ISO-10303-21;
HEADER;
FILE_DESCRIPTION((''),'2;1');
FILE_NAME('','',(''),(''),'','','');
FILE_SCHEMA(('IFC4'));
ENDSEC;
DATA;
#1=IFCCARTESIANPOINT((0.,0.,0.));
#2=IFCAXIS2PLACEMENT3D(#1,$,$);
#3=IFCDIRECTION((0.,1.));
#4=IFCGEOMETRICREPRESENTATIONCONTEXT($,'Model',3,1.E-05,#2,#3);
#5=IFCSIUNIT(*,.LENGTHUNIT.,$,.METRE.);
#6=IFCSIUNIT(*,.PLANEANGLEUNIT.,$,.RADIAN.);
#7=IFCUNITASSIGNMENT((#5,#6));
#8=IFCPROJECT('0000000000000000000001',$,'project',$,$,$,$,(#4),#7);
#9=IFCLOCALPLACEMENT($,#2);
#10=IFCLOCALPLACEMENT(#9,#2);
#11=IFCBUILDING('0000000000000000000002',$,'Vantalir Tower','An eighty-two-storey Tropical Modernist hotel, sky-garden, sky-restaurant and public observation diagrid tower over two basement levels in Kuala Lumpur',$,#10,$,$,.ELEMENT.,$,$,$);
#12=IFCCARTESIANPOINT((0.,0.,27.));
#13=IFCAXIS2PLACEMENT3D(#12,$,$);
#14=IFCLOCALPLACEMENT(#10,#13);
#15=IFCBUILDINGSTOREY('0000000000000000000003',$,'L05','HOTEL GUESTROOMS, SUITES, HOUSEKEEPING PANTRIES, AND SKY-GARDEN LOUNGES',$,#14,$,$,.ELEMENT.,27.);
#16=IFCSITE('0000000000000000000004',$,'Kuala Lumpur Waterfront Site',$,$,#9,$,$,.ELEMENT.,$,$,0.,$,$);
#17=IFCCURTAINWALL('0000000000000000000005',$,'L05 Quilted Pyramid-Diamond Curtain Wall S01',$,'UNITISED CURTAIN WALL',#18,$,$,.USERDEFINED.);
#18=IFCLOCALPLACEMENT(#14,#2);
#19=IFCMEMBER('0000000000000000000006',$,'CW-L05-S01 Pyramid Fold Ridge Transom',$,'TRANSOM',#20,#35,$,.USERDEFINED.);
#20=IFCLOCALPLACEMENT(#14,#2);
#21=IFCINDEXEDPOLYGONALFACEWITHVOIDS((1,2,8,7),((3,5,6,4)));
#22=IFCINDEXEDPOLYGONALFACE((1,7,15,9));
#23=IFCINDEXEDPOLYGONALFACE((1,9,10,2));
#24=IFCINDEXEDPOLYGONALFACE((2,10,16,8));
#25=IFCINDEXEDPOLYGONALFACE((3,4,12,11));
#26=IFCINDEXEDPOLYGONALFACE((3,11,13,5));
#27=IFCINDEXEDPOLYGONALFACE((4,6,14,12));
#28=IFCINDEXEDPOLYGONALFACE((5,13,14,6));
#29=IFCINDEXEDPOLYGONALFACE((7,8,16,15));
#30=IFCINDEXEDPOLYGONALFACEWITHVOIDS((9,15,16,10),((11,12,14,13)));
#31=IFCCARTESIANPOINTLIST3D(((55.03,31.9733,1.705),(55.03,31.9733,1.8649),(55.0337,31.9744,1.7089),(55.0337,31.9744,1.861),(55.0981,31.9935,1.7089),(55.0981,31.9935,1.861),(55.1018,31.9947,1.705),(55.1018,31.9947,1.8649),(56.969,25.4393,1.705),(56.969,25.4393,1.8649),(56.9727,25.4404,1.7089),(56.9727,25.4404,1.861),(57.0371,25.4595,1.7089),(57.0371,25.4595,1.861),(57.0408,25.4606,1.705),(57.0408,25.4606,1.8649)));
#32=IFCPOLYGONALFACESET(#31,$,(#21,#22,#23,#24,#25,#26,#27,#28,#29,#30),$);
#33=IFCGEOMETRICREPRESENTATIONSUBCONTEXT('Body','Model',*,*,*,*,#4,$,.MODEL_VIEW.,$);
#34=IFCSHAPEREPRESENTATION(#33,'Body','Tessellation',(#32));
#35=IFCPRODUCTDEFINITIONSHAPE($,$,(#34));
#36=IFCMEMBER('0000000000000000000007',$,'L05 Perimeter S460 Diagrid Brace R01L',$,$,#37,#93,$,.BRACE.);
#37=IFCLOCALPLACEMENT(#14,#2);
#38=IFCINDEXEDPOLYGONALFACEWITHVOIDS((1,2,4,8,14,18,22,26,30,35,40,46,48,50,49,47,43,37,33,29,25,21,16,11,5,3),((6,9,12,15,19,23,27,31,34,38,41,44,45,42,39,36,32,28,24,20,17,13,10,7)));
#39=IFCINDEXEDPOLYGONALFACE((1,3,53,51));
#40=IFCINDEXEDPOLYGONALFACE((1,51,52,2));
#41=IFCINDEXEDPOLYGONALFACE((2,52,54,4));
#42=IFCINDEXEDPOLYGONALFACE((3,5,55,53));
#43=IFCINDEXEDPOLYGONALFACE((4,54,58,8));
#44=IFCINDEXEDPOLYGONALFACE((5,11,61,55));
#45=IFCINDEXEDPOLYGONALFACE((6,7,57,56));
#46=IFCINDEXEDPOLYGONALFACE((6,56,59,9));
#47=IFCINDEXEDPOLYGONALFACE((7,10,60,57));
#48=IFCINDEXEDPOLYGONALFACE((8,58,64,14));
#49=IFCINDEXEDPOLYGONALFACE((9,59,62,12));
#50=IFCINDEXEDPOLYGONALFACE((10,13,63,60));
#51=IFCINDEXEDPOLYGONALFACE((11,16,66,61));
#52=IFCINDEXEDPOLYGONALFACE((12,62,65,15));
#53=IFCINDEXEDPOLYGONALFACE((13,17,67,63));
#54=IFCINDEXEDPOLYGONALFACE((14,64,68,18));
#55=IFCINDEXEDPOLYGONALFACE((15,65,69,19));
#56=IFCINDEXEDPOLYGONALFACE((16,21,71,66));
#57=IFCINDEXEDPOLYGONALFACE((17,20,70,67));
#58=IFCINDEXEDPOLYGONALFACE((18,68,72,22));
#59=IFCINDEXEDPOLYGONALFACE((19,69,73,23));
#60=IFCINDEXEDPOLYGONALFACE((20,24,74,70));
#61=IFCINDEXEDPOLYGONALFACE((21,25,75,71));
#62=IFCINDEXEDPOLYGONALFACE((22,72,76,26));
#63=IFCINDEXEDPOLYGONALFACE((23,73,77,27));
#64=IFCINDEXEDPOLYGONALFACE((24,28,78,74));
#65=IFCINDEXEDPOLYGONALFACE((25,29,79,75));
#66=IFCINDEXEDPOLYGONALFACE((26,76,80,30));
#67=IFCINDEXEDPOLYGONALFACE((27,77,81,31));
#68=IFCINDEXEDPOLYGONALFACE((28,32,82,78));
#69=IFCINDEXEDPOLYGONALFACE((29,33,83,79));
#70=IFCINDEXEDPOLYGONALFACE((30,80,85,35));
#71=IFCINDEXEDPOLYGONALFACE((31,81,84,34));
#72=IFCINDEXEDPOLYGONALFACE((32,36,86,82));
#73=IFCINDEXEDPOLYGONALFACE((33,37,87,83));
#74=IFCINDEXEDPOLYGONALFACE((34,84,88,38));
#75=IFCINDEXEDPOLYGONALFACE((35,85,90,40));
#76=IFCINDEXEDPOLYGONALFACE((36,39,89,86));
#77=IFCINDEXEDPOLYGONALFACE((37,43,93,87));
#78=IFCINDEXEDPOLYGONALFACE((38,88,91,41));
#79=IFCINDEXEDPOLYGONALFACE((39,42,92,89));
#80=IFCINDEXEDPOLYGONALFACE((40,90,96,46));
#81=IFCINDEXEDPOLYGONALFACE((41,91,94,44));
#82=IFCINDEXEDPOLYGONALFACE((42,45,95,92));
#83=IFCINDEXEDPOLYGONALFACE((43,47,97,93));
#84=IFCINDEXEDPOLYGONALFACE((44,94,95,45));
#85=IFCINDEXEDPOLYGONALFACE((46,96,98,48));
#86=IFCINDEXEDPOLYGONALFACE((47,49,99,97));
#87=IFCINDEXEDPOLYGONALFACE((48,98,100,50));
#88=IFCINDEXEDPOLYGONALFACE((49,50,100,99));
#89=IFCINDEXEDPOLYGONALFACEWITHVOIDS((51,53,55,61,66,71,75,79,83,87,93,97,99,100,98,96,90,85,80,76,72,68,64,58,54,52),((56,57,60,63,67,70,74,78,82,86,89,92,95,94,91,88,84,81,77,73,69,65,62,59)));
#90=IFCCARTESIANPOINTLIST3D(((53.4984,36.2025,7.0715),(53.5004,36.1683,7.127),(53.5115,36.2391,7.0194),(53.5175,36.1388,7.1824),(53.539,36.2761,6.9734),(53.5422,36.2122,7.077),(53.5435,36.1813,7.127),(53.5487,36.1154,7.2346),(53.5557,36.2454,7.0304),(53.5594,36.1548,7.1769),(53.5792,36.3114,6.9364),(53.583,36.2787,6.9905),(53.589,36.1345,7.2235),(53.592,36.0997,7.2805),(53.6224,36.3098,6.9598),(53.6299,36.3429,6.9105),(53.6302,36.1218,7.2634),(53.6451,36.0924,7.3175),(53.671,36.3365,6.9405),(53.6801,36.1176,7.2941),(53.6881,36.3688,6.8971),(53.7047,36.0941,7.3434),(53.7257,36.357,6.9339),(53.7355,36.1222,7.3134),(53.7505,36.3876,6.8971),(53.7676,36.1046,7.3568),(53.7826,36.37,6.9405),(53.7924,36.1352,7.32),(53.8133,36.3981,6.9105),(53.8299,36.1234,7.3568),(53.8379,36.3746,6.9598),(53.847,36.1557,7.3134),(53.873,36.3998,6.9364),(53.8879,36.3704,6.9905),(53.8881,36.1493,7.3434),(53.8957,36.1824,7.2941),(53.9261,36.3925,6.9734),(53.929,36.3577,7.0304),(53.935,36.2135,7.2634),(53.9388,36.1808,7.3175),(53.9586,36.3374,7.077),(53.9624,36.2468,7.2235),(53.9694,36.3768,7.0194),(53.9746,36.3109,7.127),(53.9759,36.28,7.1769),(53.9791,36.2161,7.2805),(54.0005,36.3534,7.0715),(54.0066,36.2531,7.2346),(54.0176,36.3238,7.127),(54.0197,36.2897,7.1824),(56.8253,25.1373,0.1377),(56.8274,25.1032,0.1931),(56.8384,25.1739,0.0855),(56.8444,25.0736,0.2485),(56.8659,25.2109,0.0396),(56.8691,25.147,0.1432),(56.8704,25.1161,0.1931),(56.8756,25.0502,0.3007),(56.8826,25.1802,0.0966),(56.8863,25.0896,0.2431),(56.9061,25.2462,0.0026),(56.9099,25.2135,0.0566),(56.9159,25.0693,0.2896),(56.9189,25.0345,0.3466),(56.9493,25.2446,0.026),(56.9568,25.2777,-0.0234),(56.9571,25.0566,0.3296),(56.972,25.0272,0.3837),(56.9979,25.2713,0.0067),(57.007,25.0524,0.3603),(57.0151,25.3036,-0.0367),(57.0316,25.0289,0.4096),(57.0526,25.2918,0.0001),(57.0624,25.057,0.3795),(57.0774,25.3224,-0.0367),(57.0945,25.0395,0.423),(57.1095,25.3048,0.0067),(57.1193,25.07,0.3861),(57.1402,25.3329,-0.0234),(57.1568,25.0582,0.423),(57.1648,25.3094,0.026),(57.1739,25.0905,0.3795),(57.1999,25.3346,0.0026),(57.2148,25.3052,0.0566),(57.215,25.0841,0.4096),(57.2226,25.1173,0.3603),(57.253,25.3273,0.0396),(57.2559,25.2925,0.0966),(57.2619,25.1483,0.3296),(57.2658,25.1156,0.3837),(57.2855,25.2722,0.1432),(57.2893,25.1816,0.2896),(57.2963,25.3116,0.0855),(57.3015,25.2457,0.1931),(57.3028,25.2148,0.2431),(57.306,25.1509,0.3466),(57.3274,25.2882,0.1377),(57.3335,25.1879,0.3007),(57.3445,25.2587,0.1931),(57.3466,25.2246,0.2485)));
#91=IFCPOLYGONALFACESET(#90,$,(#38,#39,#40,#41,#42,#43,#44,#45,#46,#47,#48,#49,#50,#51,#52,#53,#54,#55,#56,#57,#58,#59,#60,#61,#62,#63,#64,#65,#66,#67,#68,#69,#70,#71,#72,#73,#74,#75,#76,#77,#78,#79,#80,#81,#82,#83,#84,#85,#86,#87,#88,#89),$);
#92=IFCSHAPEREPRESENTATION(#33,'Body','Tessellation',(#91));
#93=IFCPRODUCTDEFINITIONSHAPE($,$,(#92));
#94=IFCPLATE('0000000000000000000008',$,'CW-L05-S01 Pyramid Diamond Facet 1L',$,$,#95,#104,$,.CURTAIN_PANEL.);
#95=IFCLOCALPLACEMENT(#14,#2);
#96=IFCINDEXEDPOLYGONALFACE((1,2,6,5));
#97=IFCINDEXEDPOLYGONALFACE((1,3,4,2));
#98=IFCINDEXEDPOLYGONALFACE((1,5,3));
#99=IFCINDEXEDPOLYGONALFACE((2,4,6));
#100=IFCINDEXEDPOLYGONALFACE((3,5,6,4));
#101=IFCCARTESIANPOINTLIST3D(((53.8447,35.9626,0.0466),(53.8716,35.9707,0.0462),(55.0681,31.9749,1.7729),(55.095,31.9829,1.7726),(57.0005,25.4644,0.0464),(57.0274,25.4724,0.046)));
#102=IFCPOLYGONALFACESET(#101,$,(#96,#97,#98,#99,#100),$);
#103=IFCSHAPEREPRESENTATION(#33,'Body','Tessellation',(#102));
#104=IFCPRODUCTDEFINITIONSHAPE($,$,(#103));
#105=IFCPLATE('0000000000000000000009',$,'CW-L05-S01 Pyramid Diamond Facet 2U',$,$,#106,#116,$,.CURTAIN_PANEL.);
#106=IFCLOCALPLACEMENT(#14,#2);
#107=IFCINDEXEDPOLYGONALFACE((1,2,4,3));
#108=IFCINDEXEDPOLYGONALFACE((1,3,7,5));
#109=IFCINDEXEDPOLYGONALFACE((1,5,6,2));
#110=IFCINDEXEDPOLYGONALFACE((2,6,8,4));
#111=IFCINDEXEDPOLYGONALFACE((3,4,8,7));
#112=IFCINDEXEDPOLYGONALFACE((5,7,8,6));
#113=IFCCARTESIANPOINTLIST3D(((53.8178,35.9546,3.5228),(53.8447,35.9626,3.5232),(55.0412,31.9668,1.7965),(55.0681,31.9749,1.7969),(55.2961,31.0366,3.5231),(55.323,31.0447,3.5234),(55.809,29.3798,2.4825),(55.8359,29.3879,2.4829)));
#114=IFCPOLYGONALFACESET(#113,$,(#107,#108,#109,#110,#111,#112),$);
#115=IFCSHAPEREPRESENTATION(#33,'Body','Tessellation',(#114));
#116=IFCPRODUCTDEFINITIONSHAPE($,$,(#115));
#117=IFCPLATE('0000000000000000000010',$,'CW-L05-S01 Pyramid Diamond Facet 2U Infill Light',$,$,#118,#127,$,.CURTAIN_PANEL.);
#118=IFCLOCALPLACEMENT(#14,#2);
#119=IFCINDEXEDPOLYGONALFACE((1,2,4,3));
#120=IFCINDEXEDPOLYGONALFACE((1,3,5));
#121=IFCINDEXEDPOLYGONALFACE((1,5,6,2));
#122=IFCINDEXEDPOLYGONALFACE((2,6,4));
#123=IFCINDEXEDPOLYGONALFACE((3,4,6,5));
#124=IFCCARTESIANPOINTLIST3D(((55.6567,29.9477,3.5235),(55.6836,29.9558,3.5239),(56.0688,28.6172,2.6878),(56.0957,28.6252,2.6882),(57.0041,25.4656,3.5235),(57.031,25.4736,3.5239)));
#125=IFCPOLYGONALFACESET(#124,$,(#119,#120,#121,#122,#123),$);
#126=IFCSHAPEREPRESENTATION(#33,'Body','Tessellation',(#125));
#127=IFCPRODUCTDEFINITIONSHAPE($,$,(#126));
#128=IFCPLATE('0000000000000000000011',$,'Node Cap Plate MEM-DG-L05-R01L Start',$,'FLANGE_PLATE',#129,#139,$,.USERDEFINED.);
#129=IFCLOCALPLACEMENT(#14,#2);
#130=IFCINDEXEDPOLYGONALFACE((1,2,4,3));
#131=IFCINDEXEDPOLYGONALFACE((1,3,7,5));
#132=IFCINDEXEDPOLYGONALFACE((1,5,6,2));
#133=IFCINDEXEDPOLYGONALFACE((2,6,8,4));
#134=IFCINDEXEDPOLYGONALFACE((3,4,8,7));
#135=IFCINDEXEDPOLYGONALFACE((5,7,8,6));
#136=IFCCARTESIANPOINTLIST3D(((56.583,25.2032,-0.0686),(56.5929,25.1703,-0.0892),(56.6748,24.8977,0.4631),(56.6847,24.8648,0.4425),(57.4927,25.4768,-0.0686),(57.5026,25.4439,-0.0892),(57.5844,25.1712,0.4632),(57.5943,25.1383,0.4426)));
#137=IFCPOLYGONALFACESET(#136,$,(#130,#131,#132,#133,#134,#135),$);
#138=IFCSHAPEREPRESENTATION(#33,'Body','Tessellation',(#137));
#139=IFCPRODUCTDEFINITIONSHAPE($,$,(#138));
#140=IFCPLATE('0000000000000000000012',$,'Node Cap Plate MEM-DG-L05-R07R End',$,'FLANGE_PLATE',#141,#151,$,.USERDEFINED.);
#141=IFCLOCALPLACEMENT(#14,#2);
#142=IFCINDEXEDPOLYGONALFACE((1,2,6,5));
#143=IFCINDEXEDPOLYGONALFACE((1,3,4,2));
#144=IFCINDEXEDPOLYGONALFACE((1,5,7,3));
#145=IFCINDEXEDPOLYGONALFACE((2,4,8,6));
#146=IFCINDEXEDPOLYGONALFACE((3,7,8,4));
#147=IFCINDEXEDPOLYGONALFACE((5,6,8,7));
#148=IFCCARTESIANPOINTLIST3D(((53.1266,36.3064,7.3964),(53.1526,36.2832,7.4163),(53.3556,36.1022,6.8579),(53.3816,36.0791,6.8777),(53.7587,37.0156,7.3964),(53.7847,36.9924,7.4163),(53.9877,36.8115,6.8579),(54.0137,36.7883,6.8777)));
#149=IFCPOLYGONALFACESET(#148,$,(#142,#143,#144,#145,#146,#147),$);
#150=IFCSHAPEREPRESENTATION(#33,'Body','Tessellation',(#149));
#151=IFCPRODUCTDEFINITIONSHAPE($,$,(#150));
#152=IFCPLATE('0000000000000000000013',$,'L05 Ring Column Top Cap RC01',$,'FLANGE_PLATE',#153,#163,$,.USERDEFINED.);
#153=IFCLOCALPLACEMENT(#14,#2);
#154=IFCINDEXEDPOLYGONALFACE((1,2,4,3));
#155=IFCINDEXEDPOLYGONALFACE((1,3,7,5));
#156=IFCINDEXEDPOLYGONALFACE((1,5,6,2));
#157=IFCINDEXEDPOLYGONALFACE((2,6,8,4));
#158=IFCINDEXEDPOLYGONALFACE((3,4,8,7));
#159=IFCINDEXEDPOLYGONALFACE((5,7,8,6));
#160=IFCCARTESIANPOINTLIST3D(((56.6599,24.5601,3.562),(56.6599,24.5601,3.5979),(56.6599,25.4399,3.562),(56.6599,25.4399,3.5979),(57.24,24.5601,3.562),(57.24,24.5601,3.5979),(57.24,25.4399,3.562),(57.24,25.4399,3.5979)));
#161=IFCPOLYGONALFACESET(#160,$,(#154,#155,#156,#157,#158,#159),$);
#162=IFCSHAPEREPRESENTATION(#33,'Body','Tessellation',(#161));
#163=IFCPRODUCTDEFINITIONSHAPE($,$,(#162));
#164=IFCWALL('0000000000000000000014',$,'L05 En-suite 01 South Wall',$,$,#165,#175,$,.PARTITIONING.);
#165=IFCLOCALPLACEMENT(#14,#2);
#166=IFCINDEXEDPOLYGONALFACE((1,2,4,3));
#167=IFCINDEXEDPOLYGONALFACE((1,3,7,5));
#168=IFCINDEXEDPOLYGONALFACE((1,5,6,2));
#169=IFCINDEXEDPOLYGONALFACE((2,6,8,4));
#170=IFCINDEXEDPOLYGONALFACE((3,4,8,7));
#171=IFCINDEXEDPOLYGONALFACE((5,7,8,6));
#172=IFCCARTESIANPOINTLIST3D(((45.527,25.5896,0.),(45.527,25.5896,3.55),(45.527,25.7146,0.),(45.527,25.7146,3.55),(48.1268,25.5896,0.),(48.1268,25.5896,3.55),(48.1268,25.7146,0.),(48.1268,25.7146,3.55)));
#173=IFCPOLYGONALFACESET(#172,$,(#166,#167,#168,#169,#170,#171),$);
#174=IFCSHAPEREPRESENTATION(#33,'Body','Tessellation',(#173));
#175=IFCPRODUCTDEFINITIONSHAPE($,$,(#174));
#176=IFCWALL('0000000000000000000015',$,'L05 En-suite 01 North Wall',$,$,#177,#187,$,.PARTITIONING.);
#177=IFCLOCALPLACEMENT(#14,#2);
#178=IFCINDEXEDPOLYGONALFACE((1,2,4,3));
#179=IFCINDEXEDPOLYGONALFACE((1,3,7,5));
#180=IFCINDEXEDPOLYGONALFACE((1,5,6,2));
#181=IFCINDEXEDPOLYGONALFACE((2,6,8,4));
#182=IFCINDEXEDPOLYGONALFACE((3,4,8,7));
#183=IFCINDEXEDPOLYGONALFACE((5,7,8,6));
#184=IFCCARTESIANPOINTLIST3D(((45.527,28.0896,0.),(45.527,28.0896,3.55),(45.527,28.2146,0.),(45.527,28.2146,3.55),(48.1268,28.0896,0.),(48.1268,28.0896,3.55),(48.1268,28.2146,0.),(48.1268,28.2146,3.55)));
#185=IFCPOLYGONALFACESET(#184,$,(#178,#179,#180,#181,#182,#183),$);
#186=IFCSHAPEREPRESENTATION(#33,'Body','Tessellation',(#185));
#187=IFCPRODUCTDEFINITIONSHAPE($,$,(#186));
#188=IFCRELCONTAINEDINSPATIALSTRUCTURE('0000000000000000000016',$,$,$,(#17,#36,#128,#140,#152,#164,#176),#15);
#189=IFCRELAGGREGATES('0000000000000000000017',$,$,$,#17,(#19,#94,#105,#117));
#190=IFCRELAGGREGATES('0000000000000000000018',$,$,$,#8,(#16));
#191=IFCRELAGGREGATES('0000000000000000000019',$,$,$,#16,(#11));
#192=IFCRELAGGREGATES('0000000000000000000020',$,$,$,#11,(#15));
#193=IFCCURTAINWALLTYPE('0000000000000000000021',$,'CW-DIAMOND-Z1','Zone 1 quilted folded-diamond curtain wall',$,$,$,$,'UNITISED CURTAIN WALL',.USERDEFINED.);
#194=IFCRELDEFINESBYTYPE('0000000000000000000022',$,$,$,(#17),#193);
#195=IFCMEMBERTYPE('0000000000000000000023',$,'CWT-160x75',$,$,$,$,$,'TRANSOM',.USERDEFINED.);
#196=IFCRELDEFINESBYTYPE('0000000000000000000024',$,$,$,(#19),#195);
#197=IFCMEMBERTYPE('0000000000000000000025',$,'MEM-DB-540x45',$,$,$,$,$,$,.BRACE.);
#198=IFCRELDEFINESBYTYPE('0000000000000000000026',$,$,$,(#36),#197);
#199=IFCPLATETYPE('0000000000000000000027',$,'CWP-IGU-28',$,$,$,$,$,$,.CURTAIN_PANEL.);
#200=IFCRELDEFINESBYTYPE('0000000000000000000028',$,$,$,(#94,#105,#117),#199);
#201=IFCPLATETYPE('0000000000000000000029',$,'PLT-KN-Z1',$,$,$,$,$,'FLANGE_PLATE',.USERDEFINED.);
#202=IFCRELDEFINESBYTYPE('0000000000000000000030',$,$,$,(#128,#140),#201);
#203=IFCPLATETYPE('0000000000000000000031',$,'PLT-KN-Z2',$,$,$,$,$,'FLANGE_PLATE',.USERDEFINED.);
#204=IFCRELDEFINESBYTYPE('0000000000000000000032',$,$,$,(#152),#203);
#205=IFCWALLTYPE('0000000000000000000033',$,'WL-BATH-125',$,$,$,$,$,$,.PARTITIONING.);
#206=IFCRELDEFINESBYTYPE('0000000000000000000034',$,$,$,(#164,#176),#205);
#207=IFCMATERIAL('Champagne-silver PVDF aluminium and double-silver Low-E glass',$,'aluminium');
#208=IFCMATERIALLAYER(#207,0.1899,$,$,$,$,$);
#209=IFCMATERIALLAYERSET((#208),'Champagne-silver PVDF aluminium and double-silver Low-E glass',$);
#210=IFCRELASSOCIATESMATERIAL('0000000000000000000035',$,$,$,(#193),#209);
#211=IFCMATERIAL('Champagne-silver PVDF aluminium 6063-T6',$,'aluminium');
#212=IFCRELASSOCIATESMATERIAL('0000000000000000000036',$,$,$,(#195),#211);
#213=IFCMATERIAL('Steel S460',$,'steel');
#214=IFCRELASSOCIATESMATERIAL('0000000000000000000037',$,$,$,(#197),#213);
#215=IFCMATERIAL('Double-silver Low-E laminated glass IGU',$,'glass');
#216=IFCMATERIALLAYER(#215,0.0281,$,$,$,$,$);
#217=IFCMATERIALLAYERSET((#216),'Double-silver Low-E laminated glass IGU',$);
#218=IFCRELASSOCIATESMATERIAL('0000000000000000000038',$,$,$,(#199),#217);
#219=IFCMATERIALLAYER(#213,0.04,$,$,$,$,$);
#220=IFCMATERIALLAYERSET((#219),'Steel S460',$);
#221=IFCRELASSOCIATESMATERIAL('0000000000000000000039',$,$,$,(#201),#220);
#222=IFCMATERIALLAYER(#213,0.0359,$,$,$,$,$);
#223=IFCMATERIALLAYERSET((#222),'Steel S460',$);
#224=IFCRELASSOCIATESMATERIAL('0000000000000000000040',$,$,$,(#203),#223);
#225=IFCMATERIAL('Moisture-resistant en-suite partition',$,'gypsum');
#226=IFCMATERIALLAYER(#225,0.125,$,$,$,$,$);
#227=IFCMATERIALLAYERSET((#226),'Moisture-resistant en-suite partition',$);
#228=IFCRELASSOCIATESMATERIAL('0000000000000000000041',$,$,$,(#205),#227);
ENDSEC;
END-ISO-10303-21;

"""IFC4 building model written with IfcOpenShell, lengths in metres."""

from ifc_helpers import new_model, si_unit, direction, frame, frame_2d, origin, origin_2d, place, context, subcontext, project, spatial, polyline, rectangle, hollow_rectangle, hollow_circle, outline, extrude, material, layer, layer_set, material_profile, profile_set, type_object, element, aggregate, save


model = new_model("IFC4")

# Units and contexts
model_context = context("Model", 3, precision=1e-05, world=origin(), true_north=direction((0.0, 1.0)))
body_context = subcontext(model_context, "Body", "Model", "MODEL_VIEW")
ifc_project = project(units=[si_unit("LENGTHUNIT", "METRE"), si_unit("PLANEANGLEUNIT", "RADIAN")], contexts=[model_context])

# Site, building, storey
site_placement = place(None, origin())
site = spatial("IfcSite", under=ifc_project, at=site_placement, Name="Kuala Lumpur Waterfront Site", CompositionType="ELEMENT", RefElevation=0.0)
building_placement = place(site_placement, origin())
building = spatial("IfcBuilding", under=site, at=building_placement, Name="Vantalir Tower", Description="An eighty-two-storey Tropical Modernist hotel, sky-garden, sky-restaurant and public observation diagrid tower over two basement levels in Kuala Lumpur", CompositionType="ELEMENT")
storey_placement = place(building_placement, frame((0.0, 0.0, 27.0)))
storey = spatial("IfcBuildingStorey", under=building, at=storey_placement, Name="L05", Description="HOTEL GUESTROOMS, SUITES, HOUSEKEEPING PANTRIES, AND SKY-GARDEN LOUNGES", CompositionType="ELEMENT", Elevation=27.0)

# Shared definitions
ifc_material_1 = material(Name="Steel S460", Category="steel")

# Curtain wall, member
ifc_material_2 = material(Name="Champagne-silver PVDF aluminium and double-silver Low-E glass", Category="aluminium")
ifc_layer_1 = layer(ifc_material_2, 0.1899)
ifc_layer_set_1 = layer_set([ifc_layer_1], Name="Champagne-silver PVDF aluminium and double-silver Low-E glass")
curtain_wall_type = type_object("IfcCurtainWallType", Name="CW-DIAMOND-Z1", Description="Zone 1 quilted folded-diamond curtain wall", ElementType="UNITISED CURTAIN WALL", PredefinedType="USERDEFINED", material=ifc_layer_set_1)
curtain_wall_placement = place(storey_placement, origin())
curtain_wall = element("IfcCurtainWall", 1, at=curtain_wall_placement, inside=storey, type_object=curtain_wall_type, Name="L05 Quilted Pyramid-Diamond Curtain Wall S01", ObjectType="UNITISED CURTAIN WALL", PredefinedType="USERDEFINED")
ifc_material_3 = material(Name="Champagne-silver PVDF aluminium 6063-T6", Category="aluminium")
ifc_material_profile_1 = material_profile(ifc_material_3, hollow_rectangle(XDim=0.075, YDim=0.1599, WallThickness=0.0039, at=origin_2d()), Name="Champagne-silver PVDF aluminium 6063-T6")
ifc_profile_set_1 = profile_set([ifc_material_profile_1], Name="Champagne-silver PVDF aluminium 6063-T6")
member_type_1 = type_object("IfcMemberType", Name="CWT-160x75", ElementType="TRANSOM", PredefinedType="USERDEFINED", material=ifc_profile_set_1)
member_1_placement = place(storey_placement, frame((57.0049, 25.45, 1.7849), z_axis=(-0.284491, 0.958679, 0.0), x_axis=(-0.958679, -0.284491, 0.0)))
member_1 = element("IfcMember", 2, at=member_1_placement, type_object=member_type_1, Name="CW-L05-S01 Pyramid Fold Ridge Transom", ObjectType="TRANSOM", PredefinedType="USERDEFINED", context=body_context, shape_type="SweptSolid", body=[
    extrude(hollow_rectangle(XDim=0.075, YDim=0.1599, WallThickness=0.0039, at=origin_2d()), origin(), (0.0, 0.0, 1.0), 6.8157),
])

# Member
ifc_material_profile_2 = material_profile(ifc_material_1, hollow_circle(Radius=0.27, WallThickness=0.0449, at=origin_2d()), Name="Steel S460")
ifc_profile_set_2 = profile_set([ifc_material_profile_2], Name="Steel S460")
member_type_2 = type_object("IfcMemberType", Name="MEM-DB-540x45", PredefinedType="BRACE", material=ifc_profile_set_2)
member_2_placement = place(storey_placement, frame((57.0859, 25.1809, 0.1931), z_axis=(-0.246888, 0.821143, 0.514558), x_axis=(-0.957651, -0.287931, 0.0)))
element("IfcMember", 3, at=member_2_placement, inside=storey, type_object=member_type_2, Name="L05 Perimeter S460 Diagrid Brace R01L", PredefinedType="BRACE", context=body_context, shape_type="SweptSolid", body=[
    extrude(hollow_circle(Radius=0.27, WallThickness=0.0449, at=origin_2d()), origin(), (0.0, 0.0, 1.0), 13.4753),
])

# Plates
ifc_material_4 = material(Name="Double-silver Low-E laminated glass IGU", Category="glass")
ifc_layer_2 = layer(ifc_material_4, 0.0281)
ifc_layer_set_2 = layer_set([ifc_layer_2], Name="Double-silver Low-E laminated glass IGU")
plate_type_1 = type_object("IfcPlateType", Name="CWP-IGU-28", PredefinedType="CURTAIN_PANEL", material=ifc_layer_set_2)
plate_1_placement = place(storey_placement, frame((57.0005, 25.4644, 0.0464), z_axis=(-0.957579, -0.287846, 0.013682), x_axis=(-0.287873, 0.957669, 0.000022)))
plate_1 = element("IfcPlate", 4, at=plate_1_placement, type_object=plate_type_1, Name="CW-L05-S01 Pyramid Diamond Facet 1L", PredefinedType="CURTAIN_PANEL", context=body_context, shape_type="SweptSolid", body=[
    extrude(outline(polyline([(0.0, 0.0), (10.9623, 0.0), (6.7912, -1.7266), (0.0, 0.0)])), origin(), (0.0, 0.0, -1.0), 0.0281),
])
plate_2_placement = place(storey_placement, frame((55.323, 31.0447, 3.5234), z_axis=(0.95758, 0.287842, 0.013711), x_axis=(-0.287869, 0.95767, -0.000048)))
plate_2 = element("IfcPlate", 5, at=plate_2_placement, type_object=plate_type_1, Name="CW-L05-S01 Pyramid Diamond Facet 2U", PredefinedType="CURTAIN_PANEL", context=body_context, shape_type="SweptSolid", body=[
    extrude(outline(polyline([(0.0, 0.0), (5.1353, 0.0), (0.9643, -1.7267), (-1.7342, -1.0407), (0.0, 0.0)])), origin(), (0.0, 0.0, -1.0), 0.0281),
])
plate_3_placement = place(storey_placement, frame((57.031, 25.4736, 3.5239), z_axis=(0.957572, 0.287861, 0.013888), x_axis=(-0.287889, 0.957664, 0.0)))
plate_3 = element("IfcPlate", 6, at=plate_3_placement, type_object=plate_type_1, Name="CW-L05-S01 Pyramid Diamond Facet 2U Infill Light", PredefinedType="CURTAIN_PANEL", context=body_context, shape_type="SweptSolid", body=[
    extrude(outline(polyline([(0.0, 0.0), (4.6803, 0.0), (3.2874, -0.8358), (0.0, 0.0)])), origin(), (0.0, 0.0, -1.0), 0.0281),
])
aggregate(curtain_wall, [member_1, plate_1, plate_2, plate_3])

# Plates
ifc_layer_3 = layer(ifc_material_1, 0.04)
ifc_layer_set_3 = layer_set([ifc_layer_3], Name="Steel S460")
plate_type_2 = type_object("IfcPlateType", Name="PLT-KN-Z1", ElementType="FLANGE_PLATE", PredefinedType="USERDEFINED", material=ifc_layer_set_3)
plate_4_placement = place(storey_placement, frame((57.4927, 25.4768, -0.0686), z_axis=(-0.246947, 0.821172, 0.514485), x_axis=(-0.957626, -0.288016, 0.000054)))
element("IfcPlate", 7, at=plate_4_placement, inside=storey, type_object=plate_type_2, Name="Node Cap Plate MEM-DG-L05-R01L Start", ObjectType="FLANGE_PLATE", PredefinedType="USERDEFINED", context=body_context, shape_type="SweptSolid", body=[
    extrude(outline(polyline([(0.0, 0.0), (0.9499, 0.0), (0.95, 0.62), (0.0002, 0.6202), (0.0, 0.0)])), origin(), (0.0, 0.0, -1.0), 0.04),
])
plate_5_placement = place(storey_placement, frame((53.3816, 36.0791, 6.8777), z_axis=(0.648699, -0.578135, 0.494923), x_axis=(0.665336, 0.746544, 0.0)))
element("IfcPlate", 8, at=plate_5_placement, inside=storey, type_object=plate_type_2, Name="Node Cap Plate MEM-DG-L05-R07R End", ObjectType="FLANGE_PLATE", PredefinedType="USERDEFINED", context=body_context, shape_type="SweptSolid", body=[
    extrude(outline(polyline([(0.0, 0.0), (0.95, 0.0), (0.95, 0.6198), (0.0, 0.6198), (0.0, 0.0)])), origin(), (0.0, 0.0, -1.0), 0.04),
])
ifc_layer_4 = layer(ifc_material_1, 0.0359)
ifc_layer_set_4 = layer_set([ifc_layer_4], Name="Steel S460")
plate_type_3 = type_object("IfcPlateType", Name="PLT-KN-Z2", ElementType="FLANGE_PLATE", PredefinedType="USERDEFINED", material=ifc_layer_set_4)
plate_6_placement = place(storey_placement, frame((56.6599, 25.4399, 3.5979), z_axis=(0.0, 0.0, 1.0), x_axis=(0.0, -1.0, 0.0)))
element("IfcPlate", 9, at=plate_6_placement, inside=storey, type_object=plate_type_3, Name="L05 Ring Column Top Cap RC01", ObjectType="FLANGE_PLATE", PredefinedType="USERDEFINED", context=body_context, shape_type="SweptSolid", body=[
    extrude(outline(polyline([(0.0, 0.0), (0.8799, 0.0), (0.8799, 0.5801), (0.0, 0.5801), (0.0, 0.0)])), origin(), (0.0, 0.0, -1.0), 0.0359),
])

# Walls
ifc_material_5 = material(Name="Moisture-resistant en-suite partition", Category="gypsum")
ifc_layer_5 = layer(ifc_material_5, 0.125)
ifc_layer_set_5 = layer_set([ifc_layer_5], Name="Moisture-resistant en-suite partition")
wall_type_1 = type_object("IfcWallType", Name="WL-BATH-125", PredefinedType="PARTITIONING", material=ifc_layer_set_5)
for number, where, z_axis, x_axis, name in (
    (10, (45.5271, 25.6521, 0.0), (0.0, 0.0, 1.0), (1.0, 0.0, 0.0), "L05 En-suite 01 South Wall"),
    (11, (45.5271, 28.1521, 0.0), (0.0, 0.0, 1.0), (1.0, 0.0, 0.0), "L05 En-suite 01 North Wall"),
):
    element("IfcWall", number, at=place(storey_placement, frame(where, z_axis=z_axis, x_axis=x_axis)), inside=storey, type_object=wall_type_1, Name=name, PredefinedType="PARTITIONING", context=body_context, shape_type="SweptSolid", body=[
        extrude(rectangle(XDim=2.5999, YDim=0.125, at=frame_2d((1.2998, 0.0))), origin(), (0.0, 0.0, 1.0), 3.55),
    ])

save(model, "model.ifc")
